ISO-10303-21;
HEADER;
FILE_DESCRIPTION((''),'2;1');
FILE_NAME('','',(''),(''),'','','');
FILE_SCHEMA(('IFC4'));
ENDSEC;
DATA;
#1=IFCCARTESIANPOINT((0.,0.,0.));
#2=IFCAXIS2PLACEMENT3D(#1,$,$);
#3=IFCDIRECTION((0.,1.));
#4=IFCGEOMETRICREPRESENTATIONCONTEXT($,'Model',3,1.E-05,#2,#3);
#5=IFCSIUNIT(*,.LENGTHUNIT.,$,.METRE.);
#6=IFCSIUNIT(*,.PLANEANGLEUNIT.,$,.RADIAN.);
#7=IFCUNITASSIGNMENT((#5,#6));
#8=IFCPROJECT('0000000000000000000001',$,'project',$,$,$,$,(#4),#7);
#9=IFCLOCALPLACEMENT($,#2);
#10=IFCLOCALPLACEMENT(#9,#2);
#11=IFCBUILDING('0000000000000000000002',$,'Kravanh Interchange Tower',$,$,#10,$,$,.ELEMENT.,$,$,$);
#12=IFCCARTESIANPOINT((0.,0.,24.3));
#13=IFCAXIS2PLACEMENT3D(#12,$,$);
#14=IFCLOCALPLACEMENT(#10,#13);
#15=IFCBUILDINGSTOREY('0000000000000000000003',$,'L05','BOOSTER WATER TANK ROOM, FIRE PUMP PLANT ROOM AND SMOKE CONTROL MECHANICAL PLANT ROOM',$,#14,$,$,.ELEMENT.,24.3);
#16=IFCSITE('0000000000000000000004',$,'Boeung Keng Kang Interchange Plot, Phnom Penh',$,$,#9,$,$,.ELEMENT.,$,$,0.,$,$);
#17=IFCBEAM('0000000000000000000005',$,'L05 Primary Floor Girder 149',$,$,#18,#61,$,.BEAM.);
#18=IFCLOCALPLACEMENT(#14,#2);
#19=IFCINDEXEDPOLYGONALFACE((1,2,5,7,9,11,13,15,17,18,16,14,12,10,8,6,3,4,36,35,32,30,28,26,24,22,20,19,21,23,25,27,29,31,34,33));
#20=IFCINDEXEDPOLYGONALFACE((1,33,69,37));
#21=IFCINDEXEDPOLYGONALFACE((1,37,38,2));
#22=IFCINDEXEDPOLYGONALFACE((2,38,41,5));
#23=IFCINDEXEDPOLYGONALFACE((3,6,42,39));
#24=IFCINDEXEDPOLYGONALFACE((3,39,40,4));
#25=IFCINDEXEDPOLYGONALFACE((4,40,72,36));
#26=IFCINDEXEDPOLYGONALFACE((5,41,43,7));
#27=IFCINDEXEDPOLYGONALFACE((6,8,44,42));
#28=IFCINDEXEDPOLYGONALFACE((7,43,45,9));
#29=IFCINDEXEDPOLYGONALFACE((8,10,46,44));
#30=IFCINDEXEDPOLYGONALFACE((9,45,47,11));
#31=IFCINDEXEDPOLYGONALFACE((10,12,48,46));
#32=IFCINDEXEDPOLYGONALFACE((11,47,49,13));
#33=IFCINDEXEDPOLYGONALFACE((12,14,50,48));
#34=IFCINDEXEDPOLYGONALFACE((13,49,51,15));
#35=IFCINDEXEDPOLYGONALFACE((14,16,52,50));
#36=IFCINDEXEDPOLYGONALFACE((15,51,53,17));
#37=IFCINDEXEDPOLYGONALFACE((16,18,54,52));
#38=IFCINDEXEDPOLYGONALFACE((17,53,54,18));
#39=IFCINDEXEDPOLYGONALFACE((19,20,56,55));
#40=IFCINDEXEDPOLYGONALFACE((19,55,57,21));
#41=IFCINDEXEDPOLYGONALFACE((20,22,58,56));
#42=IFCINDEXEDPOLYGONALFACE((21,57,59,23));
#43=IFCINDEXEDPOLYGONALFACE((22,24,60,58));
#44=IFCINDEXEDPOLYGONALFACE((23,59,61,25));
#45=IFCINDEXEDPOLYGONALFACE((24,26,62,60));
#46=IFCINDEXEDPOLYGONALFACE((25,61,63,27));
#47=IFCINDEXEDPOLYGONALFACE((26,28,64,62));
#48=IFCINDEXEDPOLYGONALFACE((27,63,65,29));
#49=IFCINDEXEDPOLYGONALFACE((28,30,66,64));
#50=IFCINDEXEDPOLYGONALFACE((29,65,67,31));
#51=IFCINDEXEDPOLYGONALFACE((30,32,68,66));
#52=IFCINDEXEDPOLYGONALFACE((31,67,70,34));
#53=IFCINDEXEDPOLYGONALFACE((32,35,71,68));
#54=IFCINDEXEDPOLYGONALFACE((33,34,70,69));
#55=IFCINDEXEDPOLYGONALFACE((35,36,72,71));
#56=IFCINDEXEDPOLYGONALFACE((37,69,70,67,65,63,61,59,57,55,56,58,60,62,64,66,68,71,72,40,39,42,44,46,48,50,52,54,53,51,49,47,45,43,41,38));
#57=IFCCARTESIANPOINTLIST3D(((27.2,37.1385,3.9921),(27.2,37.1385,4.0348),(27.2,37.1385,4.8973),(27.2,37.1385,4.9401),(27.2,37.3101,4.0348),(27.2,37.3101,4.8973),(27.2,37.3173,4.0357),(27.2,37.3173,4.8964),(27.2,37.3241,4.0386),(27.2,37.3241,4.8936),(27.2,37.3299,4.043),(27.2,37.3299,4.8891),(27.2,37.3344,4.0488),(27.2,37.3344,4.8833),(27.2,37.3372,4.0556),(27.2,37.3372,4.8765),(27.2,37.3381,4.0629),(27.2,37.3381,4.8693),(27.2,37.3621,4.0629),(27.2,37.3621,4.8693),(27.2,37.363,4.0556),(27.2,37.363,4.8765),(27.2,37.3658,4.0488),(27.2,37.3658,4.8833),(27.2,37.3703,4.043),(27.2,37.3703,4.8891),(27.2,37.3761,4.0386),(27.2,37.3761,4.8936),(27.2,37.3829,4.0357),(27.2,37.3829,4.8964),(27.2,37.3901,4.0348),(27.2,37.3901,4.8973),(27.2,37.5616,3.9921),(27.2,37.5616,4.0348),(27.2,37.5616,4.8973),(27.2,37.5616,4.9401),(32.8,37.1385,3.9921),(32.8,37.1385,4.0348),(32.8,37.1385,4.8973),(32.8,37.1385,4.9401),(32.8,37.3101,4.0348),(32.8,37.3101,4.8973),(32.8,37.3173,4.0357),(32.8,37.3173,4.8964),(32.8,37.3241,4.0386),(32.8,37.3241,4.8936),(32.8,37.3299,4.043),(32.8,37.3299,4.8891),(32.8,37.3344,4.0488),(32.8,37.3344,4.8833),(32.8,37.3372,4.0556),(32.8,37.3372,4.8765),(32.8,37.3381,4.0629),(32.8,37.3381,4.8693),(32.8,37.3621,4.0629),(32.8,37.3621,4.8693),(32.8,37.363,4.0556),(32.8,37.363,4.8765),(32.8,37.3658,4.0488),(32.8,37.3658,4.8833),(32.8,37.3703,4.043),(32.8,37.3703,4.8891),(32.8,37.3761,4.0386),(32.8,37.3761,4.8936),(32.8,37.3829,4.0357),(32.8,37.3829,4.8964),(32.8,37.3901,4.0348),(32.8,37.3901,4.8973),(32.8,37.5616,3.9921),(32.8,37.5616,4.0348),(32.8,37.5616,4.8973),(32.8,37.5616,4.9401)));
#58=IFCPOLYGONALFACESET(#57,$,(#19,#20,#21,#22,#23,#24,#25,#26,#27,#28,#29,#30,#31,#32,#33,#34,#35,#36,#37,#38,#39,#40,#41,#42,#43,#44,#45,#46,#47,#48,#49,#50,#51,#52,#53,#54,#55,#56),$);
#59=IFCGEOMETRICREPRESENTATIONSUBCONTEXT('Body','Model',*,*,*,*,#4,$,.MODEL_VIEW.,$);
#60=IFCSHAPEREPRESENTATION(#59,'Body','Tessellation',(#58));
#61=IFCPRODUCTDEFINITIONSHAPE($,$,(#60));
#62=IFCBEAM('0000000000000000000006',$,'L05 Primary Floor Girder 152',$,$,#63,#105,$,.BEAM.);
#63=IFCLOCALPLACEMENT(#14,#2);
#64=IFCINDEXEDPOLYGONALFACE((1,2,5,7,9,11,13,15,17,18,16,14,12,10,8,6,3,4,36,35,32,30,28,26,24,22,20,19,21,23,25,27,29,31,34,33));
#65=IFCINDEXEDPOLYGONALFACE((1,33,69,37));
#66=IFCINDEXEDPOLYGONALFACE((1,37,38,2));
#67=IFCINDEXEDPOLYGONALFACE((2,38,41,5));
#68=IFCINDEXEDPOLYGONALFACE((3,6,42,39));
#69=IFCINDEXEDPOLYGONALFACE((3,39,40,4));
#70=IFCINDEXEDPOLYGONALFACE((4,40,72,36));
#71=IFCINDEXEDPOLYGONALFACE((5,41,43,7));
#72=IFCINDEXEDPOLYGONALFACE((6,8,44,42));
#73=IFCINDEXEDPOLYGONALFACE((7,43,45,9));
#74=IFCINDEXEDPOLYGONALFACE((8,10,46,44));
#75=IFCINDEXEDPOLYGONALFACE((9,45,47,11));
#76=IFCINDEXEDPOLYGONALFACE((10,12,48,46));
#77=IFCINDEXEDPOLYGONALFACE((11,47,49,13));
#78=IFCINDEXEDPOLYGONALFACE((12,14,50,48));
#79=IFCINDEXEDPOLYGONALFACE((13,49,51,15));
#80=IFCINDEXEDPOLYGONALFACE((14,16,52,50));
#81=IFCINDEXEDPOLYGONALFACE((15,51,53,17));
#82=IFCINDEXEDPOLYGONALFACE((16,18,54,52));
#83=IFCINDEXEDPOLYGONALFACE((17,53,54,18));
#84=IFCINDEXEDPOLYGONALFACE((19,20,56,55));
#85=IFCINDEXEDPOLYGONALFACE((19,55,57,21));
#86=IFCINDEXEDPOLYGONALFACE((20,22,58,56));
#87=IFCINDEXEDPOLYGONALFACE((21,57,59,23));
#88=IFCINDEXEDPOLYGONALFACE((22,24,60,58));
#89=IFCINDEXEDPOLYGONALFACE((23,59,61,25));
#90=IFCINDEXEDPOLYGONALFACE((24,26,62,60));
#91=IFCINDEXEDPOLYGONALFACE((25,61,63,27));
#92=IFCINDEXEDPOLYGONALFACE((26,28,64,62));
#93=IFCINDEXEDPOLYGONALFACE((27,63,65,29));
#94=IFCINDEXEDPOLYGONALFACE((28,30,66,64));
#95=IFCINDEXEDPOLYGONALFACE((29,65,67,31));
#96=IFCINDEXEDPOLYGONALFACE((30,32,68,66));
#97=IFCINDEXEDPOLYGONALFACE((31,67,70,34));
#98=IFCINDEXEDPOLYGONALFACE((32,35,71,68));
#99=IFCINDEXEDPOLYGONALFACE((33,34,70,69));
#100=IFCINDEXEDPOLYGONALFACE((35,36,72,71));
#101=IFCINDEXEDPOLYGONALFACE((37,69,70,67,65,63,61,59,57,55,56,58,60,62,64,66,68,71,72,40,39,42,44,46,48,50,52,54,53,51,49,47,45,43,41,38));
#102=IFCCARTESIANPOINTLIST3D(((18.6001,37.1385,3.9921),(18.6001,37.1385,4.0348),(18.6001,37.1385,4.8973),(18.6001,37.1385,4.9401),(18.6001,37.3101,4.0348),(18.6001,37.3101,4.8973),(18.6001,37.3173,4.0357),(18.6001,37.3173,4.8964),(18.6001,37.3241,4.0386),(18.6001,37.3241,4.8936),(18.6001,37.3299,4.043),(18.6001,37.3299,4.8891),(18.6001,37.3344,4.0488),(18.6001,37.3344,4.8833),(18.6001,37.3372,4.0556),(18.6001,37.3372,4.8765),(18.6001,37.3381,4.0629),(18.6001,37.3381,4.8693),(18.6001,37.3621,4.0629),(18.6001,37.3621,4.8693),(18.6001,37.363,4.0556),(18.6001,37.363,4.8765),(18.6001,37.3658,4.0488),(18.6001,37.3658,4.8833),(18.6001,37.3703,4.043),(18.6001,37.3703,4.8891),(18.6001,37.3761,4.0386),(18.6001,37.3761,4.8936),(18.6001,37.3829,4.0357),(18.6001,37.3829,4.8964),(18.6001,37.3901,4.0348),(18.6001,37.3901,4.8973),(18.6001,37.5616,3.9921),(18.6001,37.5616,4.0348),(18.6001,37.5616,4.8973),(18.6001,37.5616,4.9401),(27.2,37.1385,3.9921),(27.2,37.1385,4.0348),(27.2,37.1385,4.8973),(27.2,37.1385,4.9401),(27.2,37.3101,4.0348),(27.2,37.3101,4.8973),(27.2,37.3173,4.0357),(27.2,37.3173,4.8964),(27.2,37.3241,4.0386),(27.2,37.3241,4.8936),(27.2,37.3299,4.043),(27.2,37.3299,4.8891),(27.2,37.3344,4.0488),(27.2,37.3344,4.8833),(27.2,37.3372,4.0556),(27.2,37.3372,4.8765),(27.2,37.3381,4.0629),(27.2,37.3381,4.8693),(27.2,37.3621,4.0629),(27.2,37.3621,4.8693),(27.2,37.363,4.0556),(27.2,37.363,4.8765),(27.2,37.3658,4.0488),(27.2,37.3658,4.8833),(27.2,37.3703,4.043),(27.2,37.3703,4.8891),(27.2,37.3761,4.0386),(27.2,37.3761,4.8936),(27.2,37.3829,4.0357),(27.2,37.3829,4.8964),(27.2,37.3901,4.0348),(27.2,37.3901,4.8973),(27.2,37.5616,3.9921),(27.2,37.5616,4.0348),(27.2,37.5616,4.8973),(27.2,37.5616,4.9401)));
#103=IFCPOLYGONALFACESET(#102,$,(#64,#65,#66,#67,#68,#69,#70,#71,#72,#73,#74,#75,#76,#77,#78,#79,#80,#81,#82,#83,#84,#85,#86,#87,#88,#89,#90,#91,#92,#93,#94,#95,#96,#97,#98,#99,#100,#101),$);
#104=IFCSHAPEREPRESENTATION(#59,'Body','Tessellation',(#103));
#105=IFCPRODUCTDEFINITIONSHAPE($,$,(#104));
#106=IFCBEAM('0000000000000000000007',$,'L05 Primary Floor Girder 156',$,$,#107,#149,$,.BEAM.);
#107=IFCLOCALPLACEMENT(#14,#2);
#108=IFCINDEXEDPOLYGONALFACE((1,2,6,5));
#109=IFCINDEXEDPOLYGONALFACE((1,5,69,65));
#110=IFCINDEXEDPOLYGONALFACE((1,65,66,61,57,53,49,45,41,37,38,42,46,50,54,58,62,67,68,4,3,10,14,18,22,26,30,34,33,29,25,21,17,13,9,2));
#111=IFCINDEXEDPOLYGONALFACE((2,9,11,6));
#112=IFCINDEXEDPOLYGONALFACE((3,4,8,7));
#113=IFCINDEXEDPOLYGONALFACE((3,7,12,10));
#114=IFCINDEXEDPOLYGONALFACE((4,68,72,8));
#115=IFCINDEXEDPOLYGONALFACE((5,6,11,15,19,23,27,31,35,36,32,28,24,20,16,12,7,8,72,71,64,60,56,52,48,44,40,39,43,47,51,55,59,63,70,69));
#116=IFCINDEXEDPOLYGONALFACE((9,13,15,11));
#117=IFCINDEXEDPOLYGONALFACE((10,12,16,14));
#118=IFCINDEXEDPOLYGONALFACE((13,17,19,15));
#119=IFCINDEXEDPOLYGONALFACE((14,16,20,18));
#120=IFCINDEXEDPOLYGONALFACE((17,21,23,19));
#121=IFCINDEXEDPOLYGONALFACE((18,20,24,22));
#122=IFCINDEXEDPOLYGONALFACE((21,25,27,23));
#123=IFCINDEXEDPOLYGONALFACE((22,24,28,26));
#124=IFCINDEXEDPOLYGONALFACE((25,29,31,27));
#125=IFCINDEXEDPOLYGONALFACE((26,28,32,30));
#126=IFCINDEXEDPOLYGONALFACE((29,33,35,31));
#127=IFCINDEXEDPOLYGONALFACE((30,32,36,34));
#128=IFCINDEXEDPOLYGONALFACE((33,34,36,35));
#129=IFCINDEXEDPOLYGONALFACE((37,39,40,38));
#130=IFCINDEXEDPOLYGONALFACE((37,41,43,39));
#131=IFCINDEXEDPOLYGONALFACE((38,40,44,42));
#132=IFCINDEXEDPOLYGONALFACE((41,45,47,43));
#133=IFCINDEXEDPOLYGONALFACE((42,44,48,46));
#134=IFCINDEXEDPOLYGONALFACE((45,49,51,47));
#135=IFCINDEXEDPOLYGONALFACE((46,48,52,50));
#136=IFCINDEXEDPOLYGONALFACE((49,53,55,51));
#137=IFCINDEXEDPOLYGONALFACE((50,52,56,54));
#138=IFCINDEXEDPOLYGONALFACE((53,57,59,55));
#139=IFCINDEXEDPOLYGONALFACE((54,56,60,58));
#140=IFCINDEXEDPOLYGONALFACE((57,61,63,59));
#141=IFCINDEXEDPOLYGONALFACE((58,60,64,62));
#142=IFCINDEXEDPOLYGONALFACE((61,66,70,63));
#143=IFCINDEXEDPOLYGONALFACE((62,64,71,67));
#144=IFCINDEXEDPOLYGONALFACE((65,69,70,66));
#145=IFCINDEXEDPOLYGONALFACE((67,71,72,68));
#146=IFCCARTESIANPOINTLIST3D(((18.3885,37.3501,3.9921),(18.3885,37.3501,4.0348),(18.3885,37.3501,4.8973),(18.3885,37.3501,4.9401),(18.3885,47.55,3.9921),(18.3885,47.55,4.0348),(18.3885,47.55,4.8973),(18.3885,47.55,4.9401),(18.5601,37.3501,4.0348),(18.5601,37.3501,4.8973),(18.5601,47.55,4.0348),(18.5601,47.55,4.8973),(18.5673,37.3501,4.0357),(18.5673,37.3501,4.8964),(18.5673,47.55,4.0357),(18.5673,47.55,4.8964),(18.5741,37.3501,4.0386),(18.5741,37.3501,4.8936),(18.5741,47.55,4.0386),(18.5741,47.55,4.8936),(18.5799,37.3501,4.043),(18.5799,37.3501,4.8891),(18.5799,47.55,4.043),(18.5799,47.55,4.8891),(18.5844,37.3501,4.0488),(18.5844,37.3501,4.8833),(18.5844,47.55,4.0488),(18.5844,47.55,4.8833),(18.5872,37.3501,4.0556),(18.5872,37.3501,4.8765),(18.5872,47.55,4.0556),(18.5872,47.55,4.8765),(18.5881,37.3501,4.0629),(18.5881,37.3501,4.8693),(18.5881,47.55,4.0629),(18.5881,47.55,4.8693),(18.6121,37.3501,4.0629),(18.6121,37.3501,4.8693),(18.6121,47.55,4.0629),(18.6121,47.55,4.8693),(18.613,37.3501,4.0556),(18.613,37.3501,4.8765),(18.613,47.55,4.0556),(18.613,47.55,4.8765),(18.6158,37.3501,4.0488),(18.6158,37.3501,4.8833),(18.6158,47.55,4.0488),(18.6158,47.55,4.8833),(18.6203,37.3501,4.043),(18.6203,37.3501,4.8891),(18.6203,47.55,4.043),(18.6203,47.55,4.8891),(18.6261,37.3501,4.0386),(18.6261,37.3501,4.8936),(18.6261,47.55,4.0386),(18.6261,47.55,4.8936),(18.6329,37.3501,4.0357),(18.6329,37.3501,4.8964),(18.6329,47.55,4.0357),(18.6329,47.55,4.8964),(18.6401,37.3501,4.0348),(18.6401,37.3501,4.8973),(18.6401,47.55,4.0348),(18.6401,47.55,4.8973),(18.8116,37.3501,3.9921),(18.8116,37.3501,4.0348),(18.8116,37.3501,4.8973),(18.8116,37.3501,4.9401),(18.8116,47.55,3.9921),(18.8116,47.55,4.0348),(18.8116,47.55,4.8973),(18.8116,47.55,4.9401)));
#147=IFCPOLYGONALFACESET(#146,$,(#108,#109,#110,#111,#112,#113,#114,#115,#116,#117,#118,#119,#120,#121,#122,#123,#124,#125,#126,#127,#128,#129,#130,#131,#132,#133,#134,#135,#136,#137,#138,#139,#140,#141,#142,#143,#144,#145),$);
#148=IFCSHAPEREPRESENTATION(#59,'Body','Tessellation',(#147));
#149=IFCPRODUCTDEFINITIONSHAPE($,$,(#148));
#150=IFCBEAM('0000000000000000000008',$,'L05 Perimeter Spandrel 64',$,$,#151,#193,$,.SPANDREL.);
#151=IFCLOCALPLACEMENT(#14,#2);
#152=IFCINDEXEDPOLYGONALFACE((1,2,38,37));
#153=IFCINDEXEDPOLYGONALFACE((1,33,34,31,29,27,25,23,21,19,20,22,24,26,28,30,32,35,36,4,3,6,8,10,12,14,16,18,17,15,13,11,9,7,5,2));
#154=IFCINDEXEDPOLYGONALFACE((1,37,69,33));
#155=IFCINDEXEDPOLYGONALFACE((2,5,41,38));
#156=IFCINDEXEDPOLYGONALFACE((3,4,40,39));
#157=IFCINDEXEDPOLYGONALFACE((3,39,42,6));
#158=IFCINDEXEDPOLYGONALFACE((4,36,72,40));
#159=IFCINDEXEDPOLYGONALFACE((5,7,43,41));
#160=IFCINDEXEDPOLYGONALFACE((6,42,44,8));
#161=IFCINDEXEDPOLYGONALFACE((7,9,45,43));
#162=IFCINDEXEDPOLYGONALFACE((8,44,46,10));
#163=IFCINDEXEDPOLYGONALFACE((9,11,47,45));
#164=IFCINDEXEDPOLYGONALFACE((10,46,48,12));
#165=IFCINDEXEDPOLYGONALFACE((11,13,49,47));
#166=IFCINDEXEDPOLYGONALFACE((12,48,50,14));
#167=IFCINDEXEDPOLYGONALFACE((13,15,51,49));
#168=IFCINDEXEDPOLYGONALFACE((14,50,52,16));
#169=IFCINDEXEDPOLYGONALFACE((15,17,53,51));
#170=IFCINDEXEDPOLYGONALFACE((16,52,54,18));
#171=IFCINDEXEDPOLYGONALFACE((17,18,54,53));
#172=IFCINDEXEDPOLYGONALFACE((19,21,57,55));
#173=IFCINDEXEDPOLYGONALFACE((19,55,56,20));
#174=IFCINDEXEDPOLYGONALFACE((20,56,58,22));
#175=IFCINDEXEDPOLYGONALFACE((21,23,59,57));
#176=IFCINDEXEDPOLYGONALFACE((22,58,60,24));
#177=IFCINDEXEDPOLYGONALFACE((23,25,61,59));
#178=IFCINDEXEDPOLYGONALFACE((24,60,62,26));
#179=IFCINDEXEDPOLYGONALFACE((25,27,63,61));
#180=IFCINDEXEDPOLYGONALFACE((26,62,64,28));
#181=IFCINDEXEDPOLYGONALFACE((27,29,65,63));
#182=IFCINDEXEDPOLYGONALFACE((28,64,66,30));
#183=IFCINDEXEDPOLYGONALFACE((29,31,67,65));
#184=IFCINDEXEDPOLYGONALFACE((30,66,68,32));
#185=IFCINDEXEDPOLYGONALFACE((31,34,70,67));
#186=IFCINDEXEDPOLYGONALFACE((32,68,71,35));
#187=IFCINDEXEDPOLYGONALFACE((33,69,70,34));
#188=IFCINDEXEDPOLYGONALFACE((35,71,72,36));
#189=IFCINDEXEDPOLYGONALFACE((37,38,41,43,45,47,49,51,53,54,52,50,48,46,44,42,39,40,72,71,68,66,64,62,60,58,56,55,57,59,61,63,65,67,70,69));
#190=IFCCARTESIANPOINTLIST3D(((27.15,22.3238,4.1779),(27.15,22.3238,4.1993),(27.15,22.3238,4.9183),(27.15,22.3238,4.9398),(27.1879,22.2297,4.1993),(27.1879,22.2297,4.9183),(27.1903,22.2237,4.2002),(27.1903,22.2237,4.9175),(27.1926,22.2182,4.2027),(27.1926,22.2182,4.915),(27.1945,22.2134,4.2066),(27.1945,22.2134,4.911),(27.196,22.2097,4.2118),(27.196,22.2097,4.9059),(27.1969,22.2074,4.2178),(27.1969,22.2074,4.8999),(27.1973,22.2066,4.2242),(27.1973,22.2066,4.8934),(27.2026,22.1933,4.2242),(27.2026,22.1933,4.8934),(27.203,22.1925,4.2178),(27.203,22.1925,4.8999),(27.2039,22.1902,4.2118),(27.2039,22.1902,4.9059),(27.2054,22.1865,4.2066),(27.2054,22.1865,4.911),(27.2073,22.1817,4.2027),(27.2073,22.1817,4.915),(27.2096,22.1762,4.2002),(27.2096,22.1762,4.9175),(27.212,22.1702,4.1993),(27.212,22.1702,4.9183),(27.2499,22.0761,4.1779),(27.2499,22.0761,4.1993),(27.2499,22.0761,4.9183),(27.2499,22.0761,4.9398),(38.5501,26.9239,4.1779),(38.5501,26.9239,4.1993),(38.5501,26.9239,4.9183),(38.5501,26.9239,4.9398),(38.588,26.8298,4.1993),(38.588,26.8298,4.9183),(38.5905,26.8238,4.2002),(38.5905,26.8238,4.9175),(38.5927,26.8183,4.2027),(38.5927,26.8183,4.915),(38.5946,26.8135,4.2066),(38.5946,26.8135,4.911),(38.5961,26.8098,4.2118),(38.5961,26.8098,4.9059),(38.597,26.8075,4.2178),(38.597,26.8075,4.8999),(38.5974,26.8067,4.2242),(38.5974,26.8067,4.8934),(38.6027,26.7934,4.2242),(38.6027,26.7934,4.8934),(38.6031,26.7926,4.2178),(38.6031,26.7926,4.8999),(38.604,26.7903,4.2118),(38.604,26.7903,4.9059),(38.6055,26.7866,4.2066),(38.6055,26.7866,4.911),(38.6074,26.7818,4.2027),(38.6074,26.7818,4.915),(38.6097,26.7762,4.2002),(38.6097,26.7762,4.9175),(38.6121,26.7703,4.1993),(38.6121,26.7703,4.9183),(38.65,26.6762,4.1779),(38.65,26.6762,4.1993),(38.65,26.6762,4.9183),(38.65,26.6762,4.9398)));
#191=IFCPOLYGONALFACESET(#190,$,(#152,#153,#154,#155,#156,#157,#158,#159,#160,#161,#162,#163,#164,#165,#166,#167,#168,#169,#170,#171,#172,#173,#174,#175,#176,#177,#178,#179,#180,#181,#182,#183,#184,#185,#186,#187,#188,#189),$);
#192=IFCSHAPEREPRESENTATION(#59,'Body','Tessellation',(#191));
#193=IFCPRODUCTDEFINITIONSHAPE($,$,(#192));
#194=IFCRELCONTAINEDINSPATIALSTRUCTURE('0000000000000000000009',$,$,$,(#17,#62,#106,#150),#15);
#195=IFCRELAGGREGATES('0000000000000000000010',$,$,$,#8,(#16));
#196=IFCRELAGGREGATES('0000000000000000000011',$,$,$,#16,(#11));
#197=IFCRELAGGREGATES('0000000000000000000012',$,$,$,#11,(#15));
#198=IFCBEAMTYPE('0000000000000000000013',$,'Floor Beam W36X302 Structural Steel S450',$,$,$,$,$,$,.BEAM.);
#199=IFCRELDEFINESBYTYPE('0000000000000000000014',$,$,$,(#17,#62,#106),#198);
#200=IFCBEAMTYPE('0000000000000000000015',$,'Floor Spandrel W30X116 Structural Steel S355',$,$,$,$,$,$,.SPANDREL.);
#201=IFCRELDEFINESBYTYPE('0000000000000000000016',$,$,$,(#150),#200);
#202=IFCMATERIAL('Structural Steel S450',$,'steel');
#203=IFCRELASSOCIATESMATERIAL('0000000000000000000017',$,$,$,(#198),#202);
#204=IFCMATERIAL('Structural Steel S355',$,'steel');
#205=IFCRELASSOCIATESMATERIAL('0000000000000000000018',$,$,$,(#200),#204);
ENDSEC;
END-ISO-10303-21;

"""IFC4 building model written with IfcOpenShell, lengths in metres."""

from ifc_helpers import new_model, si_unit, direction, frame, origin, origin_2d, place, context, subcontext, project, spatial, i_section, extrude, material, material_profile, profile_set, type_object, element, save


model = new_model("IFC4")

# Units and contexts
model_context = context("Model", 3, precision=1e-05, world=origin(), true_north=direction((0.0, 1.0)))
body_context = subcontext(model_context, "Body", "Model", "MODEL_VIEW")
ifc_project = project(units=[si_unit("LENGTHUNIT", "METRE"), si_unit("PLANEANGLEUNIT", "RADIAN")], contexts=[model_context])

# Site, building, storey
site_placement = place(None, origin())
site = spatial("IfcSite", under=ifc_project, at=site_placement, Name="Boeung Keng Kang Interchange Plot, Phnom Penh", CompositionType="ELEMENT", RefElevation=0.0)
building_placement = place(site_placement, origin())
building = spatial("IfcBuilding", under=site, at=building_placement, Name="Kravanh Interchange Tower", CompositionType="ELEMENT")
storey_placement = place(building_placement, frame((0.0, 0.0, 24.3)))
storey = spatial("IfcBuildingStorey", under=building, at=storey_placement, Name="L05", Description="BOOSTER WATER TANK ROOM, FIRE PUMP PLANT ROOM AND SMOKE CONTROL MECHANICAL PLANT ROOM", CompositionType="ELEMENT", Elevation=24.3)

# Beams
ifc_material_1 = material(Name="Structural Steel S450", Category="steel")
ifc_material_profile_1 = material_profile(ifc_material_1, i_section(OverallWidth=0.4231, OverallDepth=0.948, WebThickness=0.0239, FlangeThickness=0.0427, FilletRadius=0.0281, at=origin_2d()), Name="W36X302")
ifc_profile_set_1 = profile_set([ifc_material_profile_1], Name="Structural Steel S450")
beam_type_1 = type_object("IfcBeamType", Name="Floor Beam W36X302 Structural Steel S450", PredefinedType="BEAM", material=ifc_profile_set_1)
beam_1_placement = place(storey_placement, frame((32.8, 37.3501, 4.4661), z_axis=(-1.0, 0.0, 0.0), x_axis=(0.0, -1.0, 0.0)))
element("IfcBeam", 1, at=beam_1_placement, inside=storey, type_object=beam_type_1, Name="L05 Primary Floor Girder 149", PredefinedType="BEAM", context=body_context, shape_type="SweptSolid", body=[
    extrude(i_section(OverallWidth=0.4231, OverallDepth=0.948, WebThickness=0.0239, FlangeThickness=0.0427, FilletRadius=0.0281, at=origin_2d()), origin(), (0.0, 0.0, 1.0), 5.6001),
])
beam_2_placement = place(storey_placement, frame((27.2, 37.3501, 4.4661), z_axis=(-1.0, 0.0, 0.0), x_axis=(0.0, -1.0, 0.0)))
element("IfcBeam", 2, at=beam_2_placement, inside=storey, type_object=beam_type_1, Name="L05 Primary Floor Girder 152", PredefinedType="BEAM", context=body_context, shape_type="SweptSolid", body=[
    extrude(i_section(OverallWidth=0.4231, OverallDepth=0.948, WebThickness=0.0239, FlangeThickness=0.0427, FilletRadius=0.0281, at=origin_2d()), origin(), (0.0, 0.0, 1.0), 8.5999),
])
beam_3_placement = place(storey_placement, frame((18.6001, 37.3501, 4.4661), z_axis=(0.0, 1.0, 0.0), x_axis=(-1.0, 0.0, 0.0)))
element("IfcBeam", 3, at=beam_3_placement, inside=storey, type_object=beam_type_1, Name="L05 Primary Floor Girder 156", PredefinedType="BEAM", context=body_context, shape_type="SweptSolid", body=[
    extrude(i_section(OverallWidth=0.4231, OverallDepth=0.948, WebThickness=0.0239, FlangeThickness=0.0427, FilletRadius=0.0281, at=origin_2d()), origin(), (0.0, 0.0, 1.0), 10.2),
])
ifc_material_2 = material(Name="Structural Steel S355", Category="steel")
ifc_material_profile_2 = material_profile(ifc_material_2, i_section(OverallWidth=0.2671, OverallDepth=0.762, WebThickness=0.0144, FlangeThickness=0.0215, FilletRadius=0.0249, at=origin_2d()), Name="W30X116")
ifc_profile_set_2 = profile_set([ifc_material_profile_2], Name="Structural Steel S355")
beam_type_2 = type_object("IfcBeamType", Name="Floor Spandrel W30X116 Structural Steel S355", PredefinedType="SPANDREL", material=ifc_profile_set_2)
beam_4_placement = place(storey_placement, frame((27.2, 22.2, 4.5588), z_axis=(0.927349, 0.374197, 0.0), x_axis=(-0.374197, 0.927349, 0.0)))
element("IfcBeam", 4, at=beam_4_placement, inside=storey, type_object=beam_type_2, Name="L05 Perimeter Spandrel 64", PredefinedType="SPANDREL", context=body_context, shape_type="SweptSolid", body=[
    extrude(i_section(OverallWidth=0.2671, OverallDepth=0.762, WebThickness=0.0144, FlangeThickness=0.0215, FilletRadius=0.0249, at=origin_2d()), origin(), (0.0, 0.0, 1.0), 12.2932),
])

save(model, "model.ifc")
